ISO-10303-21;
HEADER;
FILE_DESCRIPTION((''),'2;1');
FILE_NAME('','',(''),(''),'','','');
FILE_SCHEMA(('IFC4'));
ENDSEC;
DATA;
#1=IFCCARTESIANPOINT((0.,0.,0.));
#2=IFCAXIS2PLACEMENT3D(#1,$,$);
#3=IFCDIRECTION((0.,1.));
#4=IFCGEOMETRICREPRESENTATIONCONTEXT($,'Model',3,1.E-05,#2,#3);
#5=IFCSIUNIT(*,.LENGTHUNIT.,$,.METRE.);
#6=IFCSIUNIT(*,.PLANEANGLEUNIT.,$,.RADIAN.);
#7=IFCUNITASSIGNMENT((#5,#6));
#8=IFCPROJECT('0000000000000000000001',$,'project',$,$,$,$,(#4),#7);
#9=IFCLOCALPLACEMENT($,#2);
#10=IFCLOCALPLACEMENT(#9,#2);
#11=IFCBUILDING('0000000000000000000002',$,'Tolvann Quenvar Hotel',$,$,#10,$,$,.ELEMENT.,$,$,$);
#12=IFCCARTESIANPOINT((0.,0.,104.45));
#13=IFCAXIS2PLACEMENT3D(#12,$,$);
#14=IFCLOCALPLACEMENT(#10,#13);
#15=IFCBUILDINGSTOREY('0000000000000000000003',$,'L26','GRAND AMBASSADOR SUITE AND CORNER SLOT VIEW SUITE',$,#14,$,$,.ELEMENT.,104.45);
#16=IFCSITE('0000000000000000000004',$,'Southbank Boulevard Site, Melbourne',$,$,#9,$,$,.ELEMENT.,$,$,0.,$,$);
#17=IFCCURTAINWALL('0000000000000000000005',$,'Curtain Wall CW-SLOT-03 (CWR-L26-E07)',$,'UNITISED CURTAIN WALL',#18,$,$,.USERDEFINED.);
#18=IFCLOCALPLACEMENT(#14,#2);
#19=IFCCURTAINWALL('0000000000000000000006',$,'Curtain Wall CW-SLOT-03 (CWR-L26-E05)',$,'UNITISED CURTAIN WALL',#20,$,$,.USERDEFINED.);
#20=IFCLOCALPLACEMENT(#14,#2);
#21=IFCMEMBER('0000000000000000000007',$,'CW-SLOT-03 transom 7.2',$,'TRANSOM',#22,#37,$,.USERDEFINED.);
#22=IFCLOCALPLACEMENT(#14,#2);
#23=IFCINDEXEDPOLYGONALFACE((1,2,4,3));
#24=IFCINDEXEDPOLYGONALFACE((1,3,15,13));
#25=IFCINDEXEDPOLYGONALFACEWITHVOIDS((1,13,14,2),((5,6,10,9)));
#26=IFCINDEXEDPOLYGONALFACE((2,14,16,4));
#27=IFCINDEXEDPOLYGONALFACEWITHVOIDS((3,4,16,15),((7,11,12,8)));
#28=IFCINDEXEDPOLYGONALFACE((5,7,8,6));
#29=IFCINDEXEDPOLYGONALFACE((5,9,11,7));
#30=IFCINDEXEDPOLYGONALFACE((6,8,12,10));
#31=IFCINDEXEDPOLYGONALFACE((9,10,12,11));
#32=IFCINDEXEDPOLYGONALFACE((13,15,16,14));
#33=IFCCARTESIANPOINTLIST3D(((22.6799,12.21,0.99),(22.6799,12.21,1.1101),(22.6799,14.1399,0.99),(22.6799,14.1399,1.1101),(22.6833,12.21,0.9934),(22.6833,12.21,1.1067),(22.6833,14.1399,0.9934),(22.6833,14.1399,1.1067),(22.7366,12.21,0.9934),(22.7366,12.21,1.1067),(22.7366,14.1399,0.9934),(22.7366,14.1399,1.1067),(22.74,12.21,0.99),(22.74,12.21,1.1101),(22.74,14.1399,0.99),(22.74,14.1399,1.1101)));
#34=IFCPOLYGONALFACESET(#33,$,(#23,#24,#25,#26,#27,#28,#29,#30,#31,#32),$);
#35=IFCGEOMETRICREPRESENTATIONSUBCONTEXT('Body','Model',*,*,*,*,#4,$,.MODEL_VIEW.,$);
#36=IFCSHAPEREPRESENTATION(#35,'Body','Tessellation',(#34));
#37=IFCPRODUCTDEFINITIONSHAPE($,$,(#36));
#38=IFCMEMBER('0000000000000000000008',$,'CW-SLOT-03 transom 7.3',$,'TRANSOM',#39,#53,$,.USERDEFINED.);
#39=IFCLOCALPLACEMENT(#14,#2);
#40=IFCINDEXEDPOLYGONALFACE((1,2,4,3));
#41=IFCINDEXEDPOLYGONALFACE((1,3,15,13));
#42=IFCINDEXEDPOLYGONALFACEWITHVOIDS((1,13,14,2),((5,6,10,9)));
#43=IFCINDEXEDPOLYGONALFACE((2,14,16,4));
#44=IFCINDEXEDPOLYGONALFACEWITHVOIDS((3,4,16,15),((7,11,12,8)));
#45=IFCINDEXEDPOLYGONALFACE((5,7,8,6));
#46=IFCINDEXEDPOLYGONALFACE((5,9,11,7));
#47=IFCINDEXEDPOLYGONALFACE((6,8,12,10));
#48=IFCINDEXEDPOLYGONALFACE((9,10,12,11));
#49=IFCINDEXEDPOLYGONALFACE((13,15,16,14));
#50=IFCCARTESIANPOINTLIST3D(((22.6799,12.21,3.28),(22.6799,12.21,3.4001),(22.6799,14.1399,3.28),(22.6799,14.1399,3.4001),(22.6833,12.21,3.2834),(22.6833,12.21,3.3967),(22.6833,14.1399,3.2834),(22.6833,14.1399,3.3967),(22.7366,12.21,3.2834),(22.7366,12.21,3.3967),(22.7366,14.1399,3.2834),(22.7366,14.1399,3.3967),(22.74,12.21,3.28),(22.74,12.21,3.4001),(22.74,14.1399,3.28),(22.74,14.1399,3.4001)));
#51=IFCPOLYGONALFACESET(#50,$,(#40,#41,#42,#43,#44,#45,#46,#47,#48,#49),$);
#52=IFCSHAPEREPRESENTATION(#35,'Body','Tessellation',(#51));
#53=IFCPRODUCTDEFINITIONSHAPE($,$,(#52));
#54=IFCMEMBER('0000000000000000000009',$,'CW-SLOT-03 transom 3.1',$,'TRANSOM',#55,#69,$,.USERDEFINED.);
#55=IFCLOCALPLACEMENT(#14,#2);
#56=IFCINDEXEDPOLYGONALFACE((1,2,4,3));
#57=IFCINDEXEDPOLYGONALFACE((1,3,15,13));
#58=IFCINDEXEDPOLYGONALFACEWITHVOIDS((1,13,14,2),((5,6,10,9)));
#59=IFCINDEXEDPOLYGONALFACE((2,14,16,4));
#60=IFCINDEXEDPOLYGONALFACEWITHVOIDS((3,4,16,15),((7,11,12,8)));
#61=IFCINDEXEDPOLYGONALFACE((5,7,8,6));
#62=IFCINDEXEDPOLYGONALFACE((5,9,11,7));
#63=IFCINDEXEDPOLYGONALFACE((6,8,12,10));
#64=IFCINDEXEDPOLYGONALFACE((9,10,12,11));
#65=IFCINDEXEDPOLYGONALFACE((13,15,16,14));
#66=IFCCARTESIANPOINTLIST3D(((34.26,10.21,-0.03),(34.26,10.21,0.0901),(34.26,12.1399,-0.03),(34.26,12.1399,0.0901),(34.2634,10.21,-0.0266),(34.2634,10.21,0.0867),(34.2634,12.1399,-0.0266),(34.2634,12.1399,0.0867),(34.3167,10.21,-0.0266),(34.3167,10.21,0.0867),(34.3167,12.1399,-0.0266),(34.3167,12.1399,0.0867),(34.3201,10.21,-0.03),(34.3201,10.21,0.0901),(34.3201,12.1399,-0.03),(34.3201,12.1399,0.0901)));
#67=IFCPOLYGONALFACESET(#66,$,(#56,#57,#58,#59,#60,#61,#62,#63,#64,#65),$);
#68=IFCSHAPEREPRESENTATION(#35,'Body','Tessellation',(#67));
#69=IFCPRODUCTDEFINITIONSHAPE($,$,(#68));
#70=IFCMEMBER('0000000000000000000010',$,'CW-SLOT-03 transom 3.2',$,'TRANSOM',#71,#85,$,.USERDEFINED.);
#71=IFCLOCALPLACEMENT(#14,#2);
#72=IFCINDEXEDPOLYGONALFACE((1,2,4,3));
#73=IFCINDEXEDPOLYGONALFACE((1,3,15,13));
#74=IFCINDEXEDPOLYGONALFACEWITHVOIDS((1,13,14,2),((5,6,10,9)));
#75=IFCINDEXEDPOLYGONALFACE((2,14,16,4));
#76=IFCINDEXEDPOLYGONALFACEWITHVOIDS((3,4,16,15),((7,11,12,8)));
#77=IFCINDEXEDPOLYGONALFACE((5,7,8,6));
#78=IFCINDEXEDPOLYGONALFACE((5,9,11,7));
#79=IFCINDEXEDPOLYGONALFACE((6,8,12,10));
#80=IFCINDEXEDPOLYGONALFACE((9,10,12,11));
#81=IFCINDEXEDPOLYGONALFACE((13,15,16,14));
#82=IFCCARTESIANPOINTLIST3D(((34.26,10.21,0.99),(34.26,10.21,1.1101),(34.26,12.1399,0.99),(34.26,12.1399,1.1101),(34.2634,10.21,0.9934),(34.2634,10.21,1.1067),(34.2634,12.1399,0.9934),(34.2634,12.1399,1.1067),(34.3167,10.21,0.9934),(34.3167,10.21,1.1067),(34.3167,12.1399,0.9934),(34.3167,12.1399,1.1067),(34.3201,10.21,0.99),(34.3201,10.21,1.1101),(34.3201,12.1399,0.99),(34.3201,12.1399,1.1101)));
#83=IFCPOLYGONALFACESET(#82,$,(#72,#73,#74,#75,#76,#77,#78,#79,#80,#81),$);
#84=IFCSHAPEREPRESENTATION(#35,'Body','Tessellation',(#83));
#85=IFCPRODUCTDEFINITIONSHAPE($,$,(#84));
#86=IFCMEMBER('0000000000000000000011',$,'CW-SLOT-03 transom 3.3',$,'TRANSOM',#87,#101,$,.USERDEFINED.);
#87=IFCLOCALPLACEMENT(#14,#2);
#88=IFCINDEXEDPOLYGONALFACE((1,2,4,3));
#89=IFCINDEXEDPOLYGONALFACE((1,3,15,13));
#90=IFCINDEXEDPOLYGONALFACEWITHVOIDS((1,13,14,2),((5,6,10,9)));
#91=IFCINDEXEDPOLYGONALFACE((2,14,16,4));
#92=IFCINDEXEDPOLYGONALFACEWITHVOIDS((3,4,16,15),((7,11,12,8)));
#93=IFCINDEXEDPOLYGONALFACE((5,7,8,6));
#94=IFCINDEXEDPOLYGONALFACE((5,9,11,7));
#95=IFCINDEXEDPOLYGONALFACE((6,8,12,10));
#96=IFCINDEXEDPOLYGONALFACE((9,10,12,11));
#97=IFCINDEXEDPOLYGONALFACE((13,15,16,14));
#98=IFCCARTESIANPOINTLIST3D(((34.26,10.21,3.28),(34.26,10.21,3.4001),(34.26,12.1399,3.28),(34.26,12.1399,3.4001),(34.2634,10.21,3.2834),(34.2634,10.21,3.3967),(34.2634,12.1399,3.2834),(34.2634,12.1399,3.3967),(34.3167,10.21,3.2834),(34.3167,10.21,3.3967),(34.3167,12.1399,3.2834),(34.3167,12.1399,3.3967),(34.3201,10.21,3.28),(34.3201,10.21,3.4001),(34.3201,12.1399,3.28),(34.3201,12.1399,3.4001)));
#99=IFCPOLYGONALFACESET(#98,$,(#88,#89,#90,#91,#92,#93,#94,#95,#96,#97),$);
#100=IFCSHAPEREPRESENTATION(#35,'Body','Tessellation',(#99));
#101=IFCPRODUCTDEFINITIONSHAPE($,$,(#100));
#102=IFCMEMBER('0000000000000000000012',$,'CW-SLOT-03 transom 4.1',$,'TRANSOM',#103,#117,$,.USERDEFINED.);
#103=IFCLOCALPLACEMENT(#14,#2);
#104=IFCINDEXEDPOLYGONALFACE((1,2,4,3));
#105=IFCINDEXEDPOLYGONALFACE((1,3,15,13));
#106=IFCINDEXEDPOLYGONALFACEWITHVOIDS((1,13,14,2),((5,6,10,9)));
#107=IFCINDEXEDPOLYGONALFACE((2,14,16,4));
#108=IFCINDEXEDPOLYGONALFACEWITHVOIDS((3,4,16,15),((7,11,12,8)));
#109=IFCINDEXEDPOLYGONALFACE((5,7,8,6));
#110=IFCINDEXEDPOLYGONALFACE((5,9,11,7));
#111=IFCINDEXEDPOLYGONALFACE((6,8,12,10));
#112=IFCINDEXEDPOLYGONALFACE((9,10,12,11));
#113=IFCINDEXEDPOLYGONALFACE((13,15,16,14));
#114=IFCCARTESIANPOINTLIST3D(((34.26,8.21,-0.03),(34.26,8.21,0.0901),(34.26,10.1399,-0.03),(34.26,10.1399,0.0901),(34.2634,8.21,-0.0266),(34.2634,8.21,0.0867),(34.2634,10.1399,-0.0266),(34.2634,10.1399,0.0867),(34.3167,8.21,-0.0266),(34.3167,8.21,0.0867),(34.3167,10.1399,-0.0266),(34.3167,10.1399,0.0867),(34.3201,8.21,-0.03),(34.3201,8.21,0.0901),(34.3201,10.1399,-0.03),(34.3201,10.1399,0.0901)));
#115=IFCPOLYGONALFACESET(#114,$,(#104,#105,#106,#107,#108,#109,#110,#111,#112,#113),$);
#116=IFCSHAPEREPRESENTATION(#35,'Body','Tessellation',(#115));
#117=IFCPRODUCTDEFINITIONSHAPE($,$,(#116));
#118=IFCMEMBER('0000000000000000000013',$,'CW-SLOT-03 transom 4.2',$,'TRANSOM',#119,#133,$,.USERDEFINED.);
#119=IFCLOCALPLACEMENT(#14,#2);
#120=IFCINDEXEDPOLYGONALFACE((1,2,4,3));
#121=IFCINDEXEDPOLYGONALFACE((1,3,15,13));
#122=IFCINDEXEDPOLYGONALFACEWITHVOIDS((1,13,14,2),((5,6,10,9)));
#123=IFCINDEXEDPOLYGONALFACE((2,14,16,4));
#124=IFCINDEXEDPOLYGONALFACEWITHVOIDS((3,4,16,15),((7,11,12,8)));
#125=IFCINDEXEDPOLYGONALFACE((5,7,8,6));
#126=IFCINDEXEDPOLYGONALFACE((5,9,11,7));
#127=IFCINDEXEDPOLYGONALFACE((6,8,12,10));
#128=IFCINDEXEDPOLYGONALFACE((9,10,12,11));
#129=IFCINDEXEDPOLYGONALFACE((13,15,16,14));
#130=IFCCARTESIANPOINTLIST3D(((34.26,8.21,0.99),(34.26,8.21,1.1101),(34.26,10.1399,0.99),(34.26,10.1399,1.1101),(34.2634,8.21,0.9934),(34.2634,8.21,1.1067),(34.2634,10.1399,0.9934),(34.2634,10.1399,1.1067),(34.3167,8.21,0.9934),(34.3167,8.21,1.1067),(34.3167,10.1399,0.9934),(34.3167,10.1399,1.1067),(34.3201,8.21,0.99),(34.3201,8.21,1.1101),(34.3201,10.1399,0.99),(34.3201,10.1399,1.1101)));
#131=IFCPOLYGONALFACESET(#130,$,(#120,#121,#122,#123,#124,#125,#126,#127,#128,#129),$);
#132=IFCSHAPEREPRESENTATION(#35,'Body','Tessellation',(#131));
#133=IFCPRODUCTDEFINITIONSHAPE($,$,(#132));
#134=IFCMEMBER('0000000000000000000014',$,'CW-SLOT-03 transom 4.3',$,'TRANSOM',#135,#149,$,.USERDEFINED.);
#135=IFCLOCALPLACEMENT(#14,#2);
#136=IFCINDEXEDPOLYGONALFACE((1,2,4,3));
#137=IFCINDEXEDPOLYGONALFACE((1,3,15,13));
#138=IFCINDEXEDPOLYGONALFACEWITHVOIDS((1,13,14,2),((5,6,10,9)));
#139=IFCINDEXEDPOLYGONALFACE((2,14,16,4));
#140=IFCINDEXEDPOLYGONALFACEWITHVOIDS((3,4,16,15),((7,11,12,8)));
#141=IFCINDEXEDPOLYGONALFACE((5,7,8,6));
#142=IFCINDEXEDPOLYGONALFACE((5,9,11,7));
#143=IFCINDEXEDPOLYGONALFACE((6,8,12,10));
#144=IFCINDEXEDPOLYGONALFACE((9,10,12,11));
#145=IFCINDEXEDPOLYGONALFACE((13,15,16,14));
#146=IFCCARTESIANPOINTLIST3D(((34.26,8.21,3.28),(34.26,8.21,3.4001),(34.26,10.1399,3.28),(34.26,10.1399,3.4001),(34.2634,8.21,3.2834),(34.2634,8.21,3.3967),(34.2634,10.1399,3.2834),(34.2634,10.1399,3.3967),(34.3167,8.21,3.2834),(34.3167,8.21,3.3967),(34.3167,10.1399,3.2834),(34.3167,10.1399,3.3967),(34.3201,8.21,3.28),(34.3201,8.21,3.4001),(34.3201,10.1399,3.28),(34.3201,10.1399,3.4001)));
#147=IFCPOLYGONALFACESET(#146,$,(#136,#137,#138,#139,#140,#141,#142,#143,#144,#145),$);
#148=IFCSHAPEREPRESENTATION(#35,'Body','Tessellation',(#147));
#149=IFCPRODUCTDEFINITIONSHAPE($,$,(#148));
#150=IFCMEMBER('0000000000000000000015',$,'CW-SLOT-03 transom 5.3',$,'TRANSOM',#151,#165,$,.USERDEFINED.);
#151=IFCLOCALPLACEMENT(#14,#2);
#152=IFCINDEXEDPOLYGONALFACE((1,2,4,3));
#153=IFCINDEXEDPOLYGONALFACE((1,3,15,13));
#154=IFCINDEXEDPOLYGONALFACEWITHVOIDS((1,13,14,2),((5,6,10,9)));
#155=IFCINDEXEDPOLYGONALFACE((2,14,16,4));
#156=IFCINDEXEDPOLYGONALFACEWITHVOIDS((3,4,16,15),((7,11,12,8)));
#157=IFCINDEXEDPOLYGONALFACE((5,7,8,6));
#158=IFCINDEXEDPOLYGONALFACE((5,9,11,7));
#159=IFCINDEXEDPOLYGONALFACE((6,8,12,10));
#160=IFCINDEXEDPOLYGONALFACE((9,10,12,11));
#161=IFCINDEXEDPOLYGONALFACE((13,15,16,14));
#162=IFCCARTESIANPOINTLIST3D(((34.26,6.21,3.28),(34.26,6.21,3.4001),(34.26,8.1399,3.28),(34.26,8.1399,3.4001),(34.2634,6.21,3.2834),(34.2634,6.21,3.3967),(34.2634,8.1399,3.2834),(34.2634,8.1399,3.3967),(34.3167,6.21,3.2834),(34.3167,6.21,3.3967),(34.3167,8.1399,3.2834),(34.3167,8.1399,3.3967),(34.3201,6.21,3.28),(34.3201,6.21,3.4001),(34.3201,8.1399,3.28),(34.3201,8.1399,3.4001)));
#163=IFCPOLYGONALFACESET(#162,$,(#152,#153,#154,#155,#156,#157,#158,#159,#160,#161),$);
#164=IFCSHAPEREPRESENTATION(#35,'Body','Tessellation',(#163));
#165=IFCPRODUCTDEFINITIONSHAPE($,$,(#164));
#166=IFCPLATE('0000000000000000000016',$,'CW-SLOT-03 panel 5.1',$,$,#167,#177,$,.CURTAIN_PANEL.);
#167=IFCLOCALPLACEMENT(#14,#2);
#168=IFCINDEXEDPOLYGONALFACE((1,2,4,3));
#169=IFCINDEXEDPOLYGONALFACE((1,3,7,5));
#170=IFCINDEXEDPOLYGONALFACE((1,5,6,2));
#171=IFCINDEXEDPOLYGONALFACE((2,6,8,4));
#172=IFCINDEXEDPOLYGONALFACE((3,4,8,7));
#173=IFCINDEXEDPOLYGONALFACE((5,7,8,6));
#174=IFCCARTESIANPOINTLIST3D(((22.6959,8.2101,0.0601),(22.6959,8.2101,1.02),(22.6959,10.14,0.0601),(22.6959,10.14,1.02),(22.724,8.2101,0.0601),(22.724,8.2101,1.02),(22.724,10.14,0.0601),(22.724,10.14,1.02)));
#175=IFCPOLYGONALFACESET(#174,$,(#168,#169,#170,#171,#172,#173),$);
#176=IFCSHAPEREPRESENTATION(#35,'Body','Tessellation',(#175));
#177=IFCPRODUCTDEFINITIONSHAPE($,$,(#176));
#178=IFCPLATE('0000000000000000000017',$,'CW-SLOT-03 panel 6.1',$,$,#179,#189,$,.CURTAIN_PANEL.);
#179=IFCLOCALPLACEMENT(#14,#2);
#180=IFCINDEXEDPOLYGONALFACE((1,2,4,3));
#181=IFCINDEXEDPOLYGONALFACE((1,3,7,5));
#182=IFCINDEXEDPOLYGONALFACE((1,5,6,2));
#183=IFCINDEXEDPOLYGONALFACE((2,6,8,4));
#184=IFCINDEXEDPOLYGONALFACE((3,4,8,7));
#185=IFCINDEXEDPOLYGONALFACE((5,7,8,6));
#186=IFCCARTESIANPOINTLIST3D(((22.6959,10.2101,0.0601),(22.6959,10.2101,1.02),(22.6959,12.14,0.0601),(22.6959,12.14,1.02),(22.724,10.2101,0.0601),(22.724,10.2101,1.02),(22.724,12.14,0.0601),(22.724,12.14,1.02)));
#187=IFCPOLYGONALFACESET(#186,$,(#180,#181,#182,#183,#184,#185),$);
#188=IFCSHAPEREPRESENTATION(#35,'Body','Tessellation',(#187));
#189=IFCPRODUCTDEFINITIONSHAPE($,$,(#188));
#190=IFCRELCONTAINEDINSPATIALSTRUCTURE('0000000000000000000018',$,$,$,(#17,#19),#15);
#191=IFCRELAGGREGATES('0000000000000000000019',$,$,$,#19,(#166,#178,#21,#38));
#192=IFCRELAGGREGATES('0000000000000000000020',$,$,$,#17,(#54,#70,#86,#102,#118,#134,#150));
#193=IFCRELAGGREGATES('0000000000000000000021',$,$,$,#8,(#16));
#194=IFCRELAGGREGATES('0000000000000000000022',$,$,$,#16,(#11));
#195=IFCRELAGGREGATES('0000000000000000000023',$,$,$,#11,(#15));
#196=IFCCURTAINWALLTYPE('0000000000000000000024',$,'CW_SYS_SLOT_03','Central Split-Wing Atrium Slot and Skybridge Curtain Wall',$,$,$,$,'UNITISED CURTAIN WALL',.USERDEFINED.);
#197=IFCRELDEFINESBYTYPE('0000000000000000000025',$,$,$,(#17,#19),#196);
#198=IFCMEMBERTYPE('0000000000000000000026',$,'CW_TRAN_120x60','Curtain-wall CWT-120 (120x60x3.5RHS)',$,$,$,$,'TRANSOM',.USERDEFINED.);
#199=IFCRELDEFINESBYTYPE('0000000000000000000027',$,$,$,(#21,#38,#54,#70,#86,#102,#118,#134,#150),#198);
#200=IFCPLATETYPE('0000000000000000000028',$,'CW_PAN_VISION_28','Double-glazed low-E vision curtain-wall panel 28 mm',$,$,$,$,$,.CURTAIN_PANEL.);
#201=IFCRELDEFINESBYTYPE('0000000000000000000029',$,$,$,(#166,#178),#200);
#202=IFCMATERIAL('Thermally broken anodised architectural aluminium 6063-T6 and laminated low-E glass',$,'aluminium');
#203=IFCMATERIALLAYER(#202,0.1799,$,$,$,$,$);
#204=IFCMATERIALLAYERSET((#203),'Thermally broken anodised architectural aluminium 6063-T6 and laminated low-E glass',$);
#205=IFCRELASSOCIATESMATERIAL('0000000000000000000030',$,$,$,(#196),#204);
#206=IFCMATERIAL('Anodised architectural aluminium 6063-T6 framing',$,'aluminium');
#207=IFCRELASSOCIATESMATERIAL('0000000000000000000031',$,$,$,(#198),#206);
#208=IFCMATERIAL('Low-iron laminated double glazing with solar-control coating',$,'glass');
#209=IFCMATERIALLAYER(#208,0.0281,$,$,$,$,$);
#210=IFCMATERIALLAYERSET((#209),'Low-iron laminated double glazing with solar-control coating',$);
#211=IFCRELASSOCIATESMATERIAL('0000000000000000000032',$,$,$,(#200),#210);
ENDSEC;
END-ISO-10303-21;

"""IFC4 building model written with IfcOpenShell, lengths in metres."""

from ifc_helpers import new_model, si_unit, direction, frame, origin, origin_2d, place, context, subcontext, project, spatial, rectangle, hollow_rectangle, extrude, source, transform, mapped, material, layer, layer_set, material_profile, profile_set, type_object, type_shapes, element, aggregate, save


model = new_model("IFC4")

# Units and contexts
model_context = context("Model", 3, precision=1e-05, world=origin(), true_north=direction((0.0, 1.0)))
body_context = subcontext(model_context, "Body", "Model", "MODEL_VIEW")
ifc_project = project(units=[si_unit("LENGTHUNIT", "METRE"), si_unit("PLANEANGLEUNIT", "RADIAN")], contexts=[model_context])

# Site, building, storey
site_placement = place(None, origin())
site = spatial("IfcSite", under=ifc_project, at=site_placement, Name="Southbank Boulevard Site, Melbourne", CompositionType="ELEMENT", RefElevation=0.0)
building_placement = place(site_placement, origin())
building = spatial("IfcBuilding", under=site, at=building_placement, Name="Tolvann Quenvar Hotel", CompositionType="ELEMENT")
storey_placement = place(building_placement, frame((0.0, 0.0, 104.45)))
storey = spatial("IfcBuildingStorey", under=building, at=storey_placement, Name="L26", Description="GRAND AMBASSADOR SUITE AND CORNER SLOT VIEW SUITE", CompositionType="ELEMENT", Elevation=104.45)

# Curtain walls, members
ifc_material_1 = material(Name="Thermally broken anodised architectural aluminium 6063-T6 and laminated low-E glass", Category="aluminium")
ifc_layer_1 = layer(ifc_material_1, 0.1799)
ifc_layer_set_1 = layer_set([ifc_layer_1], Name="Thermally broken anodised architectural aluminium 6063-T6 and laminated low-E glass")
curtain_wall_type = type_object("IfcCurtainWallType", Name="CW_SYS_SLOT_03", Description="Central Split-Wing Atrium Slot and Skybridge Curtain Wall", ElementType="UNITISED CURTAIN WALL", PredefinedType="USERDEFINED", material=ifc_layer_set_1)
curtain_wall_1_placement = place(storey_placement, origin())
curtain_wall_1 = element("IfcCurtainWall", 1, at=curtain_wall_1_placement, inside=storey, type_object=curtain_wall_type, Name="Curtain Wall CW-SLOT-03 (CWR-L26-E07)", ObjectType="UNITISED CURTAIN WALL", PredefinedType="USERDEFINED")
ifc_material_2 = material(Name="Anodised architectural aluminium 6063-T6 framing", Category="aluminium")
curtain_wall_2_placement = place(storey_placement, origin())
curtain_wall_2 = element("IfcCurtainWall", 2, at=curtain_wall_2_placement, inside=storey, type_object=curtain_wall_type, Name="Curtain Wall CW-SLOT-03 (CWR-L26-E05)", ObjectType="UNITISED CURTAIN WALL", PredefinedType="USERDEFINED")
ifc_material_profile_1 = material_profile(ifc_material_2, hollow_rectangle(XDim=0.0601, YDim=0.1201, WallThickness=0.0034, at=origin_2d()), Name="120x60x3.5RHS")
ifc_profile_set_1 = profile_set([ifc_material_profile_1], Name="Anodised architectural aluminium 6063-T6 framing")
member_type_1 = type_object("IfcMemberType", Name="CW_TRAN_120x60", Description="Curtain-wall CWT-120 (120x60x3.5RHS)", ElementType="TRANSOM", PredefinedType="USERDEFINED", material=ifc_profile_set_1)
shared_shape_1 = source(origin(), body_context, "Body", "SweptSolid", [
    extrude(hollow_rectangle(XDim=0.0601, YDim=0.1201, WallThickness=0.0034, at=origin_2d()), origin(), (0.0, 0.0, 1.0), 1.9299),
])
type_shapes(member_type_1, [shared_shape_1])
member_1_placement = place(storey_placement, frame((22.71, 12.21, 1.05), z_axis=(0.0, 1.0, 0.0), x_axis=(-1.0, 0.0, 0.0)))
member_1 = element("IfcMember", 3, at=member_1_placement, type_object=member_type_1, Name="CW-SLOT-03 transom 7.2", ObjectType="TRANSOM", PredefinedType="USERDEFINED", context=body_context, shape_type="MappedRepresentation", body=[
    mapped(shared_shape_1, transform((0.0, 0.0, 0.0), x_axis=(1.0, 0.0, 0.0), y_axis=(0.0, 1.0, 0.0), z_axis=(0.0, 0.0, 1.0), scale=1.0)),
])
member_2_placement = place(storey_placement, frame((22.71, 12.21, 3.3401), z_axis=(0.0, 1.0, 0.0), x_axis=(-1.0, 0.0, 0.0)))
member_2 = element("IfcMember", 4, at=member_2_placement, type_object=member_type_1, Name="CW-SLOT-03 transom 7.3", ObjectType="TRANSOM", PredefinedType="USERDEFINED", context=body_context, shape_type="MappedRepresentation", body=[
    mapped(shared_shape_1, transform((0.0, 0.0, 0.0), x_axis=(1.0, 0.0, 0.0), y_axis=(0.0, 1.0, 0.0), z_axis=(0.0, 0.0, 1.0), scale=1.0)),
])

# Members
member_3_placement = place(storey_placement, frame((34.29, 12.1399, 0.03), z_axis=(0.0, -1.0, 0.0), x_axis=(1.0, 0.0, 0.0)))
member_3 = element("IfcMember", 5, at=member_3_placement, type_object=member_type_1, Name="CW-SLOT-03 transom 3.1", ObjectType="TRANSOM", PredefinedType="USERDEFINED", context=body_context, shape_type="MappedRepresentation", body=[
    mapped(shared_shape_1, transform((0.0, 0.0, 0.0), x_axis=(1.0, 0.0, 0.0), y_axis=(0.0, 1.0, 0.0), z_axis=(0.0, 0.0, 1.0), scale=1.0)),
])
member_4_placement = place(storey_placement, frame((34.29, 12.1399, 1.05), z_axis=(0.0, -1.0, 0.0), x_axis=(1.0, 0.0, 0.0)))
member_4 = element("IfcMember", 6, at=member_4_placement, type_object=member_type_1, Name="CW-SLOT-03 transom 3.2", ObjectType="TRANSOM", PredefinedType="USERDEFINED", context=body_context, shape_type="MappedRepresentation", body=[
    mapped(shared_shape_1, transform((0.0, 0.0, 0.0), x_axis=(1.0, 0.0, 0.0), y_axis=(0.0, 1.0, 0.0), z_axis=(0.0, 0.0, 1.0), scale=1.0)),
])
member_5_placement = place(storey_placement, frame((34.29, 12.1399, 3.3401), z_axis=(0.0, -1.0, 0.0), x_axis=(1.0, 0.0, 0.0)))
member_5 = element("IfcMember", 7, at=member_5_placement, type_object=member_type_1, Name="CW-SLOT-03 transom 3.3", ObjectType="TRANSOM", PredefinedType="USERDEFINED", context=body_context, shape_type="MappedRepresentation", body=[
    mapped(shared_shape_1, transform((0.0, 0.0, 0.0), x_axis=(1.0, 0.0, 0.0), y_axis=(0.0, 1.0, 0.0), z_axis=(0.0, 0.0, 1.0), scale=1.0)),
])
member_6_placement = place(storey_placement, frame((34.29, 10.1399, 0.03), z_axis=(0.0, -1.0, 0.0), x_axis=(1.0, 0.0, 0.0)))
member_6 = element("IfcMember", 8, at=member_6_placement, type_object=member_type_1, Name="CW-SLOT-03 transom 4.1", ObjectType="TRANSOM", PredefinedType="USERDEFINED", context=body_context, shape_type="MappedRepresentation", body=[
    mapped(shared_shape_1, transform((0.0, 0.0, 0.0), x_axis=(1.0, 0.0, 0.0), y_axis=(0.0, 1.0, 0.0), z_axis=(0.0, 0.0, 1.0), scale=1.0)),
])
member_7_placement = place(storey_placement, frame((34.29, 10.1399, 1.05), z_axis=(0.0, -1.0, 0.0), x_axis=(1.0, 0.0, 0.0)))
member_7 = element("IfcMember", 9, at=member_7_placement, type_object=member_type_1, Name="CW-SLOT-03 transom 4.2", ObjectType="TRANSOM", PredefinedType="USERDEFINED", context=body_context, shape_type="MappedRepresentation", body=[
    mapped(shared_shape_1, transform((0.0, 0.0, 0.0), x_axis=(1.0, 0.0, 0.0), y_axis=(0.0, 1.0, 0.0), z_axis=(0.0, 0.0, 1.0), scale=1.0)),
])
member_8_placement = place(storey_placement, frame((34.29, 10.1399, 3.3401), z_axis=(0.0, -1.0, 0.0), x_axis=(1.0, 0.0, 0.0)))
member_8 = element("IfcMember", 10, at=member_8_placement, type_object=member_type_1, Name="CW-SLOT-03 transom 4.3", ObjectType="TRANSOM", PredefinedType="USERDEFINED", context=body_context, shape_type="MappedRepresentation", body=[
    mapped(shared_shape_1, transform((0.0, 0.0, 0.0), x_axis=(1.0, 0.0, 0.0), y_axis=(0.0, 1.0, 0.0), z_axis=(0.0, 0.0, 1.0), scale=1.0)),
])
member_9_placement = place(storey_placement, frame((34.29, 8.1399, 3.3401), z_axis=(0.0, -1.0, 0.0), x_axis=(1.0, 0.0, 0.0)))
member_9 = element("IfcMember", 11, at=member_9_placement, type_object=member_type_1, Name="CW-SLOT-03 transom 5.3", ObjectType="TRANSOM", PredefinedType="USERDEFINED", context=body_context, shape_type="MappedRepresentation", body=[
    mapped(shared_shape_1, transform((0.0, 0.0, 0.0), x_axis=(1.0, 0.0, 0.0), y_axis=(0.0, 1.0, 0.0), z_axis=(0.0, 0.0, 1.0), scale=1.0)),
])

# Plates
ifc_material_3 = material(Name="Low-iron laminated double glazing with solar-control coating", Category="glass")
ifc_layer_2 = layer(ifc_material_3, 0.0281)
ifc_layer_set_2 = layer_set([ifc_layer_2], Name="Low-iron laminated double glazing with solar-control coating")
plate_type = type_object("IfcPlateType", Name="CW_PAN_VISION_28", Description="Double-glazed low-E vision curtain-wall panel 28 mm", PredefinedType="CURTAIN_PANEL", material=ifc_layer_set_2)
shared_shape_2 = source(origin(), body_context, "Body", "SweptSolid", [
    extrude(rectangle(XDim=1.9299, YDim=0.0281, at=origin_2d()), origin(), (0.0, 0.0, 1.0), 0.96),
])
plate_1_placement = place(storey_placement, frame((22.71, 9.175, 0.0601), z_axis=(0.0, 0.0, 1.0), x_axis=(0.0, 1.0, 0.0)))
plate_1 = element("IfcPlate", 12, at=plate_1_placement, type_object=plate_type, Name="CW-SLOT-03 panel 5.1", PredefinedType="CURTAIN_PANEL", context=body_context, shape_type="MappedRepresentation", body=[
    mapped(shared_shape_2, transform((0.0, 0.0, 0.0), x_axis=(1.0, 0.0, 0.0), y_axis=(0.0, 1.0, 0.0), z_axis=(0.0, 0.0, 1.0), scale=1.0)),
])
plate_2_placement = place(storey_placement, frame((22.71, 11.175, 0.0601), z_axis=(0.0, 0.0, 1.0), x_axis=(0.0, 1.0, 0.0)))
plate_2 = element("IfcPlate", 13, at=plate_2_placement, type_object=plate_type, Name="CW-SLOT-03 panel 6.1", PredefinedType="CURTAIN_PANEL", context=body_context, shape_type="MappedRepresentation", body=[
    mapped(shared_shape_2, transform((0.0, 0.0, 0.0), x_axis=(1.0, 0.0, 0.0), y_axis=(0.0, 1.0, 0.0), z_axis=(0.0, 0.0, 1.0), scale=1.0)),
])
aggregate(curtain_wall_2, [plate_1, plate_2, member_1, member_2])
aggregate(curtain_wall_1, [member_3, member_4, member_5, member_6, member_7, member_8, member_9])

save(model, "model.ifc")
